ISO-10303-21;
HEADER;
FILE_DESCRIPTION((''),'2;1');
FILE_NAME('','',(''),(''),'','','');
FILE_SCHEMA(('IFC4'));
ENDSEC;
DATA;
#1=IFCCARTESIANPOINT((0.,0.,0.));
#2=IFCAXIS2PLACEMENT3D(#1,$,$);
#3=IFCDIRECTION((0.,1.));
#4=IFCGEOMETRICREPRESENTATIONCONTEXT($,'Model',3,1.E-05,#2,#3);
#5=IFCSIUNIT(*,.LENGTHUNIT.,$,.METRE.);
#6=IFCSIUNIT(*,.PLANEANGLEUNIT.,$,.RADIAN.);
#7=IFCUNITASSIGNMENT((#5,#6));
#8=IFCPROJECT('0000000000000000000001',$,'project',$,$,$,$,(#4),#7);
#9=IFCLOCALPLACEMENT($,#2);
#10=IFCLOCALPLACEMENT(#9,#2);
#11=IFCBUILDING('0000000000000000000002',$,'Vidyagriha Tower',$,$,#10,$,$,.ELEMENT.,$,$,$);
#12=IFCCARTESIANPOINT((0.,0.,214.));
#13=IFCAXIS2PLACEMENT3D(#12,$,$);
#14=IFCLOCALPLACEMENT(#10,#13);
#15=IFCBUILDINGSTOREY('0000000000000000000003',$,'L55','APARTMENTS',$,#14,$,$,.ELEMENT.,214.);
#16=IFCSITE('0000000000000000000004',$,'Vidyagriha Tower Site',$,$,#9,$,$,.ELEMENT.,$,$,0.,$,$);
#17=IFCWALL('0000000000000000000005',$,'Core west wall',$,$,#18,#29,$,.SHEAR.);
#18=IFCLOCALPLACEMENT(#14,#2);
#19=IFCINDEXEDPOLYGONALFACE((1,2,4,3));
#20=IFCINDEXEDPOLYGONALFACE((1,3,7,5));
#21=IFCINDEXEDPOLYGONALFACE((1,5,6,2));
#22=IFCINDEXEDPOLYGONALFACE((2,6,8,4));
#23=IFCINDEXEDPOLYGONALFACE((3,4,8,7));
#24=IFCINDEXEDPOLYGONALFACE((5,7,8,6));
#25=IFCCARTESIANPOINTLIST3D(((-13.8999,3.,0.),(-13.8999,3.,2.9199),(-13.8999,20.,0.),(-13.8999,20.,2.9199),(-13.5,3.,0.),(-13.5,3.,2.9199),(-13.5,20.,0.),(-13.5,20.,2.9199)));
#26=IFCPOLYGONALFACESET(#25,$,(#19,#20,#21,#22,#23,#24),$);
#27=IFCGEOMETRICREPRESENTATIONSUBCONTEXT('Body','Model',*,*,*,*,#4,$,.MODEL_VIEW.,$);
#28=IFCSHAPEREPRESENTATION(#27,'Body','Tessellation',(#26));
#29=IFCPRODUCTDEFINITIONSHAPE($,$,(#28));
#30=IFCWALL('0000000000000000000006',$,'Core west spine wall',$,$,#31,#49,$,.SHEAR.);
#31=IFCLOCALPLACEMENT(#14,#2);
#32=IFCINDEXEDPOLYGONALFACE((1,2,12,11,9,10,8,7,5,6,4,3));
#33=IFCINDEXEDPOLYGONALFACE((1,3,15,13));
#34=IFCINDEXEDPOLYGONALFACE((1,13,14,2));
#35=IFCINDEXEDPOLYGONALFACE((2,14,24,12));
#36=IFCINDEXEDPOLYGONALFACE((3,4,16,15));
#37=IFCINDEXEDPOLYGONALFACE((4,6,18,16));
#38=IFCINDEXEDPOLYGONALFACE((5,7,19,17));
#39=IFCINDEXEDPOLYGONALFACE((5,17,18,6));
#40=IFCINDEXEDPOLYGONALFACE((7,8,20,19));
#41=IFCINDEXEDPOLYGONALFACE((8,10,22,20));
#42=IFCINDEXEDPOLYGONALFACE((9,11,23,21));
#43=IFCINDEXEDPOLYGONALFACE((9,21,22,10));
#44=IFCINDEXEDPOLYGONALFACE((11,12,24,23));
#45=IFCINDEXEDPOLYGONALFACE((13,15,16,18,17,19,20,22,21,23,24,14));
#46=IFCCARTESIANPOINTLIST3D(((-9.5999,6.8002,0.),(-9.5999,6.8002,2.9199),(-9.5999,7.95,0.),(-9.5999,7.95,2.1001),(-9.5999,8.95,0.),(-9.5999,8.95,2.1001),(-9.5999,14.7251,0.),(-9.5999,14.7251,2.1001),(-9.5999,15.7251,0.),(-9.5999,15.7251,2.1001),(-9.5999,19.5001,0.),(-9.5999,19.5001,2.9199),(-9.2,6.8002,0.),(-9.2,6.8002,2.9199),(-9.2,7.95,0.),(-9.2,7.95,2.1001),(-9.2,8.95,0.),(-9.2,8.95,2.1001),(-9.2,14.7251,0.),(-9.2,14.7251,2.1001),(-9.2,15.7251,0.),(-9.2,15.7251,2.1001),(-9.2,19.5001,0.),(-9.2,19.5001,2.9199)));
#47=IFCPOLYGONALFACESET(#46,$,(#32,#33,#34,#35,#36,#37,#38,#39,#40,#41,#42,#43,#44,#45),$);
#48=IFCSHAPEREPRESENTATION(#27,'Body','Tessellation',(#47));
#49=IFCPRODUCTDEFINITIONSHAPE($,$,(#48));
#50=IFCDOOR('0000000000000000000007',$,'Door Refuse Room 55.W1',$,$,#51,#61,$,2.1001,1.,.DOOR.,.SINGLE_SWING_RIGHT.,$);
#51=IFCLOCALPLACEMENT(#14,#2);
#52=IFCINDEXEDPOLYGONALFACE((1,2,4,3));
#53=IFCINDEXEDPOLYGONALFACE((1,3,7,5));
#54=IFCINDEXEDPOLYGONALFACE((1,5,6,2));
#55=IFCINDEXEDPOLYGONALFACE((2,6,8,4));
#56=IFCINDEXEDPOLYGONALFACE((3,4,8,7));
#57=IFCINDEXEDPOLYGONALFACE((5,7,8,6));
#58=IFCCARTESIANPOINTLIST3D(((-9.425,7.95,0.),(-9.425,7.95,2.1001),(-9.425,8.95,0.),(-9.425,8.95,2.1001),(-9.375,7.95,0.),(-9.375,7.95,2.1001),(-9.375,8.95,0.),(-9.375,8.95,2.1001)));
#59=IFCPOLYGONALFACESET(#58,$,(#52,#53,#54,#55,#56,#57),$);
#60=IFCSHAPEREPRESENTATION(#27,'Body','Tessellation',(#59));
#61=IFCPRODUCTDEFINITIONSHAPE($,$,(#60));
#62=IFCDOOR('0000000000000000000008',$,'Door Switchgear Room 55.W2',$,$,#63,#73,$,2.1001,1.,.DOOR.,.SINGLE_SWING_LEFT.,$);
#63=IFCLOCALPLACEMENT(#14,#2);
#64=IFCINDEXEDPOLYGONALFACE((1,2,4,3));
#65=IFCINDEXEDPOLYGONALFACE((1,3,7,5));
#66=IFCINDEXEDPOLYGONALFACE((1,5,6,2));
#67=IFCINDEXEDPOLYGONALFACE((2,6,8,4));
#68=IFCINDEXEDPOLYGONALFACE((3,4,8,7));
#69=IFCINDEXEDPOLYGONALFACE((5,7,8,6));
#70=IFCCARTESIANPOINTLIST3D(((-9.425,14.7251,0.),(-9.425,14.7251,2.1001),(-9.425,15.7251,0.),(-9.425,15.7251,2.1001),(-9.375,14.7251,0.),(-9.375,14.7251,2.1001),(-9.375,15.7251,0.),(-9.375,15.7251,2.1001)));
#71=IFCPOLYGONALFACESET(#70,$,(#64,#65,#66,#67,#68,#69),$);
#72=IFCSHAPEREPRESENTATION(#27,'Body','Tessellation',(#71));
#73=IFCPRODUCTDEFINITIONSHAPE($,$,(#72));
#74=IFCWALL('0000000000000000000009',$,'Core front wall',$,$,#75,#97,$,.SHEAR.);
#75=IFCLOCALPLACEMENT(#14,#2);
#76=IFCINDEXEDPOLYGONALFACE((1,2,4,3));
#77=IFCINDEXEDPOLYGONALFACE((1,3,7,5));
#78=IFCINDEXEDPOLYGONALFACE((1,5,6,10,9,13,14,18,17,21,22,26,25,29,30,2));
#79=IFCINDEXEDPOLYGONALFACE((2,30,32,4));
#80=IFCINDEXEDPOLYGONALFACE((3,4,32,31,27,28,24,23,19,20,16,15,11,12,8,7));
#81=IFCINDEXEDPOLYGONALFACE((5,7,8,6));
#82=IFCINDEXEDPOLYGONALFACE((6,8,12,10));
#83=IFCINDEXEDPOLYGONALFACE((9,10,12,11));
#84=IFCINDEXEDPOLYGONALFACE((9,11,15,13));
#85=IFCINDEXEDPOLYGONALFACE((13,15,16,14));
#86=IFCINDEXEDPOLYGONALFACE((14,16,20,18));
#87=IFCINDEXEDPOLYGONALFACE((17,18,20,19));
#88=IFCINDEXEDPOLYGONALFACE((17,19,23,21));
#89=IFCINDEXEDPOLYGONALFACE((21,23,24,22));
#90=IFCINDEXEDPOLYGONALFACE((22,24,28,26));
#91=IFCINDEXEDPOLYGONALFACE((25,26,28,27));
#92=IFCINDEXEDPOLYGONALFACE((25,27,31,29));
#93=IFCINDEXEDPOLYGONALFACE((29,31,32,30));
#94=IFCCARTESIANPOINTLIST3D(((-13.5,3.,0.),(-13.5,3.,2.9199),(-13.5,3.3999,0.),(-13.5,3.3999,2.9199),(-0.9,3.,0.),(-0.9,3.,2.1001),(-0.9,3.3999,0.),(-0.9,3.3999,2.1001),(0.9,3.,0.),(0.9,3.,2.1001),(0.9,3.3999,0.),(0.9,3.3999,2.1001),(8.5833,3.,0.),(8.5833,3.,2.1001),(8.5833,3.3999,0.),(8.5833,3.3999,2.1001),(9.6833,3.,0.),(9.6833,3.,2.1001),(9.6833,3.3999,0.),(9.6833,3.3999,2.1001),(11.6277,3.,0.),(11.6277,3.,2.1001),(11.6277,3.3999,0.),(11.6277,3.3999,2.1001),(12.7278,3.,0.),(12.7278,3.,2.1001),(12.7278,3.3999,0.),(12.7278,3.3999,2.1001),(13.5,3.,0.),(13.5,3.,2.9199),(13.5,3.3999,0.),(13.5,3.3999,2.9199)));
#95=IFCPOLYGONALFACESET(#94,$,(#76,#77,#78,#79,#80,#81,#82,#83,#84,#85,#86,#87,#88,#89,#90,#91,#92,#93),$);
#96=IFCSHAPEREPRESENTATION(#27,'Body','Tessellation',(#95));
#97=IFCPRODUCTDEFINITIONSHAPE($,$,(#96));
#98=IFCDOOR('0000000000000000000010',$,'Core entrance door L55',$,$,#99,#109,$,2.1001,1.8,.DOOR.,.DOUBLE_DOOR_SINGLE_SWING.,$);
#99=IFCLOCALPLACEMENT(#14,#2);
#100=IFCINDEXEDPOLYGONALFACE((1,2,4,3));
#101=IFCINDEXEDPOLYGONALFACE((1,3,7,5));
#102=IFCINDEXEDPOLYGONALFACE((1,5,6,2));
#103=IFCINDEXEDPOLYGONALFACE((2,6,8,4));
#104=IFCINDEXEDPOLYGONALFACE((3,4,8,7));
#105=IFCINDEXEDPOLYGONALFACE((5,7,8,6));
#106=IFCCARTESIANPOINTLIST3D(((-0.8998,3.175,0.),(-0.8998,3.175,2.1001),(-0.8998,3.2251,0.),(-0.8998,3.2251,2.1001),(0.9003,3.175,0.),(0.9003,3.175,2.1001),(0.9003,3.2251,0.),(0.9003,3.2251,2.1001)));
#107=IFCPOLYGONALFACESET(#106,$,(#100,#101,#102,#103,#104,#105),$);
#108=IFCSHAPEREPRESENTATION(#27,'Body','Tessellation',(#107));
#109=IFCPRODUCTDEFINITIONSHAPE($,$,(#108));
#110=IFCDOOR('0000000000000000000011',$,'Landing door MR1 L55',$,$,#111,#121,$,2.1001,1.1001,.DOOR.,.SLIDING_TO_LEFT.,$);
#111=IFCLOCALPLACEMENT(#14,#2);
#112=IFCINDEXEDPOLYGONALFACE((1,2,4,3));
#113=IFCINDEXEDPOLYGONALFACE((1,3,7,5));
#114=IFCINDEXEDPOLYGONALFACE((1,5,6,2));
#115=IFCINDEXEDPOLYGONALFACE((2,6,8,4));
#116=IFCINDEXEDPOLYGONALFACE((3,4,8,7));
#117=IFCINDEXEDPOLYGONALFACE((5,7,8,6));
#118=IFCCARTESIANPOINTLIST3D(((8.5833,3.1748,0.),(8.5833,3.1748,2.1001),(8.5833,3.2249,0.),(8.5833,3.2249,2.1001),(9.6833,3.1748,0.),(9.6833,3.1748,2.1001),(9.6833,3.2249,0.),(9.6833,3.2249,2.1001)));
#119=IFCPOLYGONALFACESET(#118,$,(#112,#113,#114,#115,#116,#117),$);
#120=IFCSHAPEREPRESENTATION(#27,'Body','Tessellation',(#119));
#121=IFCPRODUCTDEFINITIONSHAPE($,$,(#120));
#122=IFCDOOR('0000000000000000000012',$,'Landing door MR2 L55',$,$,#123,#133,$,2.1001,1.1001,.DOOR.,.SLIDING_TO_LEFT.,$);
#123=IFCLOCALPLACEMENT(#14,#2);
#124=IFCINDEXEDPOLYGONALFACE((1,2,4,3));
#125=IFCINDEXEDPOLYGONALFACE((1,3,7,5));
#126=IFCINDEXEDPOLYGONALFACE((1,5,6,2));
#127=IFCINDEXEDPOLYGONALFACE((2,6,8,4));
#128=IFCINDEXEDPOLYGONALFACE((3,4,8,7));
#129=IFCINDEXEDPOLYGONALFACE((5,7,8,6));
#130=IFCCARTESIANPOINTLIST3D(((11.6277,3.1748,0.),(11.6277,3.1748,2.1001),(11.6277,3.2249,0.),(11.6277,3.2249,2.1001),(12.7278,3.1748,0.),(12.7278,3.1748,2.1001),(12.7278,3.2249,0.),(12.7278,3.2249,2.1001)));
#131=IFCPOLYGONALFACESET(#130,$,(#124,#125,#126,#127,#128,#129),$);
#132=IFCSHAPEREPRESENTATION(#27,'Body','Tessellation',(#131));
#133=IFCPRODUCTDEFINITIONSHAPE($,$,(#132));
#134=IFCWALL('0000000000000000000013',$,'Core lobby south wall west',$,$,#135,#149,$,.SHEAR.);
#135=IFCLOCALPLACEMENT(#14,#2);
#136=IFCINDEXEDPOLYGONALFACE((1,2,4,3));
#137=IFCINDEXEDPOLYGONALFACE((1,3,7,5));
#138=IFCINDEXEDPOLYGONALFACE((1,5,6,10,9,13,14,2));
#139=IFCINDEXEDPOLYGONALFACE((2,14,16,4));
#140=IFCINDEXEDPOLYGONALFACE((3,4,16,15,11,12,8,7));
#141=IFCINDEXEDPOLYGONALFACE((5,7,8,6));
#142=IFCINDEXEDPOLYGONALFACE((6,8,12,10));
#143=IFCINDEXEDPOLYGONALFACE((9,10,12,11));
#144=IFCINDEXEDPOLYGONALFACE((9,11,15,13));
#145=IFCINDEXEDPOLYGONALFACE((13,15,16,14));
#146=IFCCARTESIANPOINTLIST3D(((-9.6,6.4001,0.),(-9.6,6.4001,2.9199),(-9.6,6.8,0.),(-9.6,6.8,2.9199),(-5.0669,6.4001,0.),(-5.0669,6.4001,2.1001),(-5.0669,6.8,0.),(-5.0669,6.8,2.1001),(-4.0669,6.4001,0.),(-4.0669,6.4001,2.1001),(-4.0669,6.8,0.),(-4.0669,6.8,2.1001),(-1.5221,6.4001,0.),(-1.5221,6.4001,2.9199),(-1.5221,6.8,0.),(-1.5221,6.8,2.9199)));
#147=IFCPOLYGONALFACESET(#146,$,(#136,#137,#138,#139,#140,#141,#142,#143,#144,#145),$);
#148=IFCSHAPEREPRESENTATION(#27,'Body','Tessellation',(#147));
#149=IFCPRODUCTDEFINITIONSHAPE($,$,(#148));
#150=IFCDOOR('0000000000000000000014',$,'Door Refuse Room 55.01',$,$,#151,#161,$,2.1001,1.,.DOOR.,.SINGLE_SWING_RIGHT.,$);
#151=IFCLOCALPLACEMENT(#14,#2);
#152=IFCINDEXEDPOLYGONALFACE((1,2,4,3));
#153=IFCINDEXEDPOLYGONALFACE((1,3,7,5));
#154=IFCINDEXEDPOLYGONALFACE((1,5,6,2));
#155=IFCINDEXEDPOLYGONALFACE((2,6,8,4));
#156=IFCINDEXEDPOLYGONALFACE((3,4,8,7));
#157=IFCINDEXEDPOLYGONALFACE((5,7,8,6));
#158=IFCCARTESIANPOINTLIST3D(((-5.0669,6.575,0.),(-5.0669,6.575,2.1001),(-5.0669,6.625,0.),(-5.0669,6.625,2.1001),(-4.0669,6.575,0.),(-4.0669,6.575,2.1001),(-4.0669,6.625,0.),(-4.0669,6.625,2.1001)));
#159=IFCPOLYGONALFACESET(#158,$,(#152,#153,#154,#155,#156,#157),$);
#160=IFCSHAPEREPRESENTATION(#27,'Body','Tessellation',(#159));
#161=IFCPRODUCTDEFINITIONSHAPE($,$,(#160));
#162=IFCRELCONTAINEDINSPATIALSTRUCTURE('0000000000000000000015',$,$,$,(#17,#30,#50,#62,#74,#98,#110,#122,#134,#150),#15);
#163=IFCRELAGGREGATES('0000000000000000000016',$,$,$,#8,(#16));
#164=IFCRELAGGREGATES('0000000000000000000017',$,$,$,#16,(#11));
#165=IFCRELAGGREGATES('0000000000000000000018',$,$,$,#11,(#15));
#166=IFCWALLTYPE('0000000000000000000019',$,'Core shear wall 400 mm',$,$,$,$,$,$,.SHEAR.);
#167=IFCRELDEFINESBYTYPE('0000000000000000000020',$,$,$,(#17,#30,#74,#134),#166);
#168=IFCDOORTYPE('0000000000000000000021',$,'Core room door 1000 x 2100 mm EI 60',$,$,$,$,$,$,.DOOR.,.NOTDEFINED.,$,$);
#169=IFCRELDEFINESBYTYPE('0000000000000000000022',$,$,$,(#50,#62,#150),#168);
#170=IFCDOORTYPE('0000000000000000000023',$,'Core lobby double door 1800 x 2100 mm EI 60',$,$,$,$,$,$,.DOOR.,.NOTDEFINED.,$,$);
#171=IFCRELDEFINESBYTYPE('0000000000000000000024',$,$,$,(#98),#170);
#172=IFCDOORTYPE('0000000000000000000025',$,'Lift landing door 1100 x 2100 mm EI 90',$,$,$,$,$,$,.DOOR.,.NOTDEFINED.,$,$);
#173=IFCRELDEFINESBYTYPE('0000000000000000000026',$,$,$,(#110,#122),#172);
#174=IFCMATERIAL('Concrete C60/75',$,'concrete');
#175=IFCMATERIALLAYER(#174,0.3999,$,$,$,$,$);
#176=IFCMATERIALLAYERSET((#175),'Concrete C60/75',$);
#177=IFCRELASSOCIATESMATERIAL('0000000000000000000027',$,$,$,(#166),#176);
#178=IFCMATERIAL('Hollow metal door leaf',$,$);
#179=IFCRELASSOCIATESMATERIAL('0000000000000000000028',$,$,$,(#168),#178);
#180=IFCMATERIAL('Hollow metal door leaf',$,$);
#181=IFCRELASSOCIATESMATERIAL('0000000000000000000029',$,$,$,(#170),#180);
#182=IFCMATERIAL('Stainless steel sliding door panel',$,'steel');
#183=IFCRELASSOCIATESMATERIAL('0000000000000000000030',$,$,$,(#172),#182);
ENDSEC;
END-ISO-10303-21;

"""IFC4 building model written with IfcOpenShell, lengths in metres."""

from ifc_helpers import new_model, si_unit, direction, frame, frame_2d, origin, place, context, subcontext, project, spatial, rectangle, extrude, material, layer, layer_set, type_object, element, fill, save


model = new_model("IFC4")

# Units and contexts
model_context = context("Model", 3, precision=1e-05, world=origin(), true_north=direction((0.0, 1.0)))
body_context = subcontext(model_context, "Body", "Model", "MODEL_VIEW")
ifc_project = project(units=[si_unit("LENGTHUNIT", "METRE"), si_unit("PLANEANGLEUNIT", "RADIAN")], contexts=[model_context])

# Site, building, storey
site_placement = place(None, origin())
site = spatial("IfcSite", under=ifc_project, at=site_placement, Name="Vidyagriha Tower Site", CompositionType="ELEMENT", RefElevation=0.0)
building_placement = place(site_placement, origin())
building = spatial("IfcBuilding", under=site, at=building_placement, Name="Vidyagriha Tower", CompositionType="ELEMENT")
storey_placement = place(building_placement, frame((0.0, 0.0, 214.0)))
storey = spatial("IfcBuildingStorey", under=building, at=storey_placement, Name="L55", Description="APARTMENTS", CompositionType="ELEMENT", Elevation=214.0)

# Wall
ifc_material_1 = material(Name="Concrete C60/75", Category="concrete")
ifc_layer_1 = layer(ifc_material_1, 0.3999)
ifc_layer_set_1 = layer_set([ifc_layer_1], Name="Concrete C60/75")
wall_type_1 = type_object("IfcWallType", Name="Core shear wall 400 mm", PredefinedType="SHEAR", material=ifc_layer_set_1)
wall_1_placement = place(storey_placement, frame((-13.7, 3.0, 0.0), z_axis=(0.0, 0.0, 1.0), x_axis=(0.0, 1.0, 0.0)))
element("IfcWall", 1, at=wall_1_placement, inside=storey, type_object=wall_type_1, Name="Core west wall", PredefinedType="SHEAR", context=body_context, shape_type="SweptSolid", body=[
    extrude(rectangle(XDim=17.0, YDim=0.3999, at=frame_2d((8.5, 0.0))), origin(), (0.0, 0.0, 1.0), 2.9199),
])

# Walls, openings, doors
wall_2_placement = place(storey_placement, frame((-9.3999, 6.8, 0.0), z_axis=(0.0, 0.0, 1.0), x_axis=(0.0, 1.0, 0.0)))
wall_2 = element("IfcWall", 2, at=wall_2_placement, inside=storey, type_object=wall_type_1, Name="Core west spine wall", PredefinedType="SHEAR", context=body_context, shape_type="SweptSolid", body=[
    extrude(rectangle(XDim=12.7, YDim=0.3999, at=frame_2d((6.3501, 0.0))), origin(), (0.0, 0.0, 1.0), 2.9199),
])
opening_1_placement = place(wall_2_placement, frame((1.1499, 0.0, 0.0)))
opening_1 = element("IfcOpeningElement", 3, at=opening_1_placement, cuts=wall_2, PredefinedType="OPENING", context=body_context, shape_type="SweptSolid", body=[
    extrude(rectangle(XDim=1.0, YDim=2.1001, at=frame_2d((0.5, 1.05))), frame((0.0, 0.21, 0.0), z_axis=(0.0, -1.0, 0.0), x_axis=(1.0, 0.0, 0.0)), (0.0, 0.0, 1.0), 0.4199),
])
opening_2_placement = place(wall_2_placement, frame((7.925, 0.0, 0.0)))
opening_2 = element("IfcOpeningElement", 4, at=opening_2_placement, cuts=wall_2, PredefinedType="OPENING", context=body_context, shape_type="SweptSolid", body=[
    extrude(rectangle(XDim=1.0, YDim=2.1001, at=frame_2d((0.5, 1.05))), frame((0.0, 0.21, 0.0), z_axis=(0.0, -1.0, 0.0), x_axis=(1.0, 0.0, 0.0)), (0.0, 0.0, 1.0), 0.4199),
])
ifc_material_2 = material(Name="Hollow metal door leaf")
door_type_1 = type_object("IfcDoorType", Name="Core room door 1000 x 2100 mm EI 60", OperationType="NOTDEFINED", PredefinedType="DOOR", material=ifc_material_2)
door_1_placement = place(opening_1_placement, frame((1.0, 0.0, 0.0), z_axis=(0.0, 0.0, 1.0), x_axis=(-1.0, 0.0, 0.0)))
door_1 = element("IfcDoor", 5, at=door_1_placement, inside=storey, type_object=door_type_1, Name="Door Refuse Room 55.W1", OperationType="SINGLE_SWING_RIGHT", OverallHeight=2.1001, OverallWidth=1.0, PredefinedType="DOOR", context=body_context, shape_type="SweptSolid", body=[
    extrude(rectangle(XDim=1.0, YDim=2.1001, at=frame_2d((0.5, 1.05))), frame((0.0, 0.0249, 0.0), z_axis=(0.0, -1.0, 0.0), x_axis=(1.0, 0.0, 0.0)), (0.0, 0.0, 1.0), 0.05),
])
fill(opening_1, door_1)
door_2_placement = place(opening_2_placement, frame((1.0, 0.0, 0.0), z_axis=(0.0, 0.0, 1.0), x_axis=(-1.0, 0.0, 0.0)))
door_2 = element("IfcDoor", 6, at=door_2_placement, inside=storey, type_object=door_type_1, Name="Door Switchgear Room 55.W2", OperationType="SINGLE_SWING_LEFT", OverallHeight=2.1001, OverallWidth=1.0, PredefinedType="DOOR", context=body_context, shape_type="SweptSolid", body=[
    extrude(rectangle(XDim=1.0, YDim=2.1001, at=frame_2d((0.5, 1.05))), frame((0.0, 0.0249, 0.0), z_axis=(0.0, -1.0, 0.0), x_axis=(1.0, 0.0, 0.0)), (0.0, 0.0, 1.0), 0.05),
])
fill(opening_2, door_2)
wall_3_placement = place(storey_placement, frame((-13.5, 3.2, 0.0)))
wall_3 = element("IfcWall", 7, at=wall_3_placement, inside=storey, type_object=wall_type_1, Name="Core front wall", PredefinedType="SHEAR", context=body_context, shape_type="SweptSolid", body=[
    extrude(rectangle(XDim=27.0, YDim=0.3999, at=frame_2d((13.5, 0.0))), origin(), (0.0, 0.0, 1.0), 2.9199),
])
opening_3_placement = place(wall_3_placement, frame((22.0833, 0.0, 0.0)))
opening_3 = element("IfcOpeningElement", 8, at=opening_3_placement, cuts=wall_3, PredefinedType="OPENING", context=body_context, shape_type="SweptSolid", body=[
    extrude(rectangle(XDim=1.1001, YDim=2.1001, at=frame_2d((0.55, 1.05))), frame((0.0, 0.21, 0.0), z_axis=(0.0, -1.0, 0.0), x_axis=(1.0, 0.0, 0.0)), (0.0, 0.0, 1.0), 0.4199),
])
opening_4_placement = place(wall_3_placement, frame((25.1277, 0.0, 0.0)))
opening_4 = element("IfcOpeningElement", 9, at=opening_4_placement, cuts=wall_3, PredefinedType="OPENING", context=body_context, shape_type="SweptSolid", body=[
    extrude(rectangle(XDim=1.1001, YDim=2.1001, at=frame_2d((0.55, 1.05))), frame((0.0, 0.21, 0.0), z_axis=(0.0, -1.0, 0.0), x_axis=(1.0, 0.0, 0.0)), (0.0, 0.0, 1.0), 0.4199),
])
opening_5_placement = place(wall_3_placement, frame((12.6001, 0.0, 0.0)))
opening_5 = element("IfcOpeningElement", 10, at=opening_5_placement, cuts=wall_3, PredefinedType="OPENING", context=body_context, shape_type="SweptSolid", body=[
    extrude(rectangle(XDim=1.8, YDim=2.1001, at=frame_2d((0.8999, 1.05))), frame((0.0, 0.21, 0.0), z_axis=(0.0, -1.0, 0.0), x_axis=(1.0, 0.0, 0.0)), (0.0, 0.0, 1.0), 0.4199),
])
ifc_material_3 = material(Name="Hollow metal door leaf")
door_type_2 = type_object("IfcDoorType", Name="Core lobby double door 1800 x 2100 mm EI 60", OperationType="NOTDEFINED", PredefinedType="DOOR", material=ifc_material_3)
door_3_placement = place(opening_5_placement, frame((1.8, 0.0, 0.0), z_axis=(0.0, 0.0, 1.0), x_axis=(-1.0, 0.0, 0.0)))
door_3 = element("IfcDoor", 11, at=door_3_placement, inside=storey, type_object=door_type_2, Name="Core entrance door L55", OperationType="DOUBLE_DOOR_SINGLE_SWING", OverallHeight=2.1001, OverallWidth=1.8, PredefinedType="DOOR", context=body_context, shape_type="SweptSolid", body=[
    extrude(rectangle(XDim=1.8, YDim=2.1001, at=frame_2d((0.8999, 1.05))), frame((0.0, 0.0249, 0.0), z_axis=(0.0, -1.0, 0.0), x_axis=(1.0, 0.0, 0.0)), (0.0, 0.0, 1.0), 0.05),
])
fill(opening_5, door_3)
ifc_material_4 = material(Name="Stainless steel sliding door panel", Category="steel")
door_type_3 = type_object("IfcDoorType", Name="Lift landing door 1100 x 2100 mm EI 90", OperationType="NOTDEFINED", PredefinedType="DOOR", material=ifc_material_4)
door_4_placement = place(opening_3_placement, origin())
door_4 = element("IfcDoor", 12, at=door_4_placement, inside=storey, type_object=door_type_3, Name="Landing door MR1 L55", OperationType="SLIDING_TO_LEFT", OverallHeight=2.1001, OverallWidth=1.1001, PredefinedType="DOOR", context=body_context, shape_type="SweptSolid", body=[
    extrude(rectangle(XDim=1.1001, YDim=2.1001, at=frame_2d((0.55, 1.05))), frame((0.0, 0.0249, 0.0), z_axis=(0.0, -1.0, 0.0), x_axis=(1.0, 0.0, 0.0)), (0.0, 0.0, 1.0), 0.05),
])
fill(opening_3, door_4)
door_5_placement = place(opening_4_placement, origin())
door_5 = element("IfcDoor", 13, at=door_5_placement, inside=storey, type_object=door_type_3, Name="Landing door MR2 L55", OperationType="SLIDING_TO_LEFT", OverallHeight=2.1001, OverallWidth=1.1001, PredefinedType="DOOR", context=body_context, shape_type="SweptSolid", body=[
    extrude(rectangle(XDim=1.1001, YDim=2.1001, at=frame_2d((0.55, 1.05))), frame((0.0, 0.0249, 0.0), z_axis=(0.0, -1.0, 0.0), x_axis=(1.0, 0.0, 0.0)), (0.0, 0.0, 1.0), 0.05),
])
fill(opening_4, door_5)

# Wall, opening, door
wall_4_placement = place(storey_placement, frame((-9.6001, 6.6001, 0.0)))
wall_4 = element("IfcWall", 14, at=wall_4_placement, inside=storey, type_object=wall_type_1, Name="Core lobby south wall west", PredefinedType="SHEAR", context=body_context, shape_type="SweptSolid", body=[
    extrude(rectangle(XDim=8.0779, YDim=0.3999, at=frame_2d((4.0391, 0.0))), origin(), (0.0, 0.0, 1.0), 2.9199),
])
opening_6_placement = place(wall_4_placement, frame((4.5332, 0.0, 0.0)))
opening_6 = element("IfcOpeningElement", 15, at=opening_6_placement, cuts=wall_4, PredefinedType="OPENING", context=body_context, shape_type="SweptSolid", body=[
    extrude(rectangle(XDim=1.0, YDim=2.1001, at=frame_2d((0.5, 1.05))), frame((0.0, 0.21, 0.0), z_axis=(0.0, -1.0, 0.0), x_axis=(1.0, 0.0, 0.0)), (0.0, 0.0, 1.0), 0.4199),
])
door_6_placement = place(opening_6_placement, origin())
door_6 = element("IfcDoor", 16, at=door_6_placement, inside=storey, type_object=door_type_1, Name="Door Refuse Room 55.01", OperationType="SINGLE_SWING_RIGHT", OverallHeight=2.1001, OverallWidth=1.0, PredefinedType="DOOR", context=body_context, shape_type="SweptSolid", body=[
    extrude(rectangle(XDim=1.0, YDim=2.1001, at=frame_2d((0.5, 1.05))), frame((0.0, 0.0249, 0.0), z_axis=(0.0, -1.0, 0.0), x_axis=(1.0, 0.0, 0.0)), (0.0, 0.0, 1.0), 0.05),
])
fill(opening_6, door_6)

save(model, "model.ifc")
